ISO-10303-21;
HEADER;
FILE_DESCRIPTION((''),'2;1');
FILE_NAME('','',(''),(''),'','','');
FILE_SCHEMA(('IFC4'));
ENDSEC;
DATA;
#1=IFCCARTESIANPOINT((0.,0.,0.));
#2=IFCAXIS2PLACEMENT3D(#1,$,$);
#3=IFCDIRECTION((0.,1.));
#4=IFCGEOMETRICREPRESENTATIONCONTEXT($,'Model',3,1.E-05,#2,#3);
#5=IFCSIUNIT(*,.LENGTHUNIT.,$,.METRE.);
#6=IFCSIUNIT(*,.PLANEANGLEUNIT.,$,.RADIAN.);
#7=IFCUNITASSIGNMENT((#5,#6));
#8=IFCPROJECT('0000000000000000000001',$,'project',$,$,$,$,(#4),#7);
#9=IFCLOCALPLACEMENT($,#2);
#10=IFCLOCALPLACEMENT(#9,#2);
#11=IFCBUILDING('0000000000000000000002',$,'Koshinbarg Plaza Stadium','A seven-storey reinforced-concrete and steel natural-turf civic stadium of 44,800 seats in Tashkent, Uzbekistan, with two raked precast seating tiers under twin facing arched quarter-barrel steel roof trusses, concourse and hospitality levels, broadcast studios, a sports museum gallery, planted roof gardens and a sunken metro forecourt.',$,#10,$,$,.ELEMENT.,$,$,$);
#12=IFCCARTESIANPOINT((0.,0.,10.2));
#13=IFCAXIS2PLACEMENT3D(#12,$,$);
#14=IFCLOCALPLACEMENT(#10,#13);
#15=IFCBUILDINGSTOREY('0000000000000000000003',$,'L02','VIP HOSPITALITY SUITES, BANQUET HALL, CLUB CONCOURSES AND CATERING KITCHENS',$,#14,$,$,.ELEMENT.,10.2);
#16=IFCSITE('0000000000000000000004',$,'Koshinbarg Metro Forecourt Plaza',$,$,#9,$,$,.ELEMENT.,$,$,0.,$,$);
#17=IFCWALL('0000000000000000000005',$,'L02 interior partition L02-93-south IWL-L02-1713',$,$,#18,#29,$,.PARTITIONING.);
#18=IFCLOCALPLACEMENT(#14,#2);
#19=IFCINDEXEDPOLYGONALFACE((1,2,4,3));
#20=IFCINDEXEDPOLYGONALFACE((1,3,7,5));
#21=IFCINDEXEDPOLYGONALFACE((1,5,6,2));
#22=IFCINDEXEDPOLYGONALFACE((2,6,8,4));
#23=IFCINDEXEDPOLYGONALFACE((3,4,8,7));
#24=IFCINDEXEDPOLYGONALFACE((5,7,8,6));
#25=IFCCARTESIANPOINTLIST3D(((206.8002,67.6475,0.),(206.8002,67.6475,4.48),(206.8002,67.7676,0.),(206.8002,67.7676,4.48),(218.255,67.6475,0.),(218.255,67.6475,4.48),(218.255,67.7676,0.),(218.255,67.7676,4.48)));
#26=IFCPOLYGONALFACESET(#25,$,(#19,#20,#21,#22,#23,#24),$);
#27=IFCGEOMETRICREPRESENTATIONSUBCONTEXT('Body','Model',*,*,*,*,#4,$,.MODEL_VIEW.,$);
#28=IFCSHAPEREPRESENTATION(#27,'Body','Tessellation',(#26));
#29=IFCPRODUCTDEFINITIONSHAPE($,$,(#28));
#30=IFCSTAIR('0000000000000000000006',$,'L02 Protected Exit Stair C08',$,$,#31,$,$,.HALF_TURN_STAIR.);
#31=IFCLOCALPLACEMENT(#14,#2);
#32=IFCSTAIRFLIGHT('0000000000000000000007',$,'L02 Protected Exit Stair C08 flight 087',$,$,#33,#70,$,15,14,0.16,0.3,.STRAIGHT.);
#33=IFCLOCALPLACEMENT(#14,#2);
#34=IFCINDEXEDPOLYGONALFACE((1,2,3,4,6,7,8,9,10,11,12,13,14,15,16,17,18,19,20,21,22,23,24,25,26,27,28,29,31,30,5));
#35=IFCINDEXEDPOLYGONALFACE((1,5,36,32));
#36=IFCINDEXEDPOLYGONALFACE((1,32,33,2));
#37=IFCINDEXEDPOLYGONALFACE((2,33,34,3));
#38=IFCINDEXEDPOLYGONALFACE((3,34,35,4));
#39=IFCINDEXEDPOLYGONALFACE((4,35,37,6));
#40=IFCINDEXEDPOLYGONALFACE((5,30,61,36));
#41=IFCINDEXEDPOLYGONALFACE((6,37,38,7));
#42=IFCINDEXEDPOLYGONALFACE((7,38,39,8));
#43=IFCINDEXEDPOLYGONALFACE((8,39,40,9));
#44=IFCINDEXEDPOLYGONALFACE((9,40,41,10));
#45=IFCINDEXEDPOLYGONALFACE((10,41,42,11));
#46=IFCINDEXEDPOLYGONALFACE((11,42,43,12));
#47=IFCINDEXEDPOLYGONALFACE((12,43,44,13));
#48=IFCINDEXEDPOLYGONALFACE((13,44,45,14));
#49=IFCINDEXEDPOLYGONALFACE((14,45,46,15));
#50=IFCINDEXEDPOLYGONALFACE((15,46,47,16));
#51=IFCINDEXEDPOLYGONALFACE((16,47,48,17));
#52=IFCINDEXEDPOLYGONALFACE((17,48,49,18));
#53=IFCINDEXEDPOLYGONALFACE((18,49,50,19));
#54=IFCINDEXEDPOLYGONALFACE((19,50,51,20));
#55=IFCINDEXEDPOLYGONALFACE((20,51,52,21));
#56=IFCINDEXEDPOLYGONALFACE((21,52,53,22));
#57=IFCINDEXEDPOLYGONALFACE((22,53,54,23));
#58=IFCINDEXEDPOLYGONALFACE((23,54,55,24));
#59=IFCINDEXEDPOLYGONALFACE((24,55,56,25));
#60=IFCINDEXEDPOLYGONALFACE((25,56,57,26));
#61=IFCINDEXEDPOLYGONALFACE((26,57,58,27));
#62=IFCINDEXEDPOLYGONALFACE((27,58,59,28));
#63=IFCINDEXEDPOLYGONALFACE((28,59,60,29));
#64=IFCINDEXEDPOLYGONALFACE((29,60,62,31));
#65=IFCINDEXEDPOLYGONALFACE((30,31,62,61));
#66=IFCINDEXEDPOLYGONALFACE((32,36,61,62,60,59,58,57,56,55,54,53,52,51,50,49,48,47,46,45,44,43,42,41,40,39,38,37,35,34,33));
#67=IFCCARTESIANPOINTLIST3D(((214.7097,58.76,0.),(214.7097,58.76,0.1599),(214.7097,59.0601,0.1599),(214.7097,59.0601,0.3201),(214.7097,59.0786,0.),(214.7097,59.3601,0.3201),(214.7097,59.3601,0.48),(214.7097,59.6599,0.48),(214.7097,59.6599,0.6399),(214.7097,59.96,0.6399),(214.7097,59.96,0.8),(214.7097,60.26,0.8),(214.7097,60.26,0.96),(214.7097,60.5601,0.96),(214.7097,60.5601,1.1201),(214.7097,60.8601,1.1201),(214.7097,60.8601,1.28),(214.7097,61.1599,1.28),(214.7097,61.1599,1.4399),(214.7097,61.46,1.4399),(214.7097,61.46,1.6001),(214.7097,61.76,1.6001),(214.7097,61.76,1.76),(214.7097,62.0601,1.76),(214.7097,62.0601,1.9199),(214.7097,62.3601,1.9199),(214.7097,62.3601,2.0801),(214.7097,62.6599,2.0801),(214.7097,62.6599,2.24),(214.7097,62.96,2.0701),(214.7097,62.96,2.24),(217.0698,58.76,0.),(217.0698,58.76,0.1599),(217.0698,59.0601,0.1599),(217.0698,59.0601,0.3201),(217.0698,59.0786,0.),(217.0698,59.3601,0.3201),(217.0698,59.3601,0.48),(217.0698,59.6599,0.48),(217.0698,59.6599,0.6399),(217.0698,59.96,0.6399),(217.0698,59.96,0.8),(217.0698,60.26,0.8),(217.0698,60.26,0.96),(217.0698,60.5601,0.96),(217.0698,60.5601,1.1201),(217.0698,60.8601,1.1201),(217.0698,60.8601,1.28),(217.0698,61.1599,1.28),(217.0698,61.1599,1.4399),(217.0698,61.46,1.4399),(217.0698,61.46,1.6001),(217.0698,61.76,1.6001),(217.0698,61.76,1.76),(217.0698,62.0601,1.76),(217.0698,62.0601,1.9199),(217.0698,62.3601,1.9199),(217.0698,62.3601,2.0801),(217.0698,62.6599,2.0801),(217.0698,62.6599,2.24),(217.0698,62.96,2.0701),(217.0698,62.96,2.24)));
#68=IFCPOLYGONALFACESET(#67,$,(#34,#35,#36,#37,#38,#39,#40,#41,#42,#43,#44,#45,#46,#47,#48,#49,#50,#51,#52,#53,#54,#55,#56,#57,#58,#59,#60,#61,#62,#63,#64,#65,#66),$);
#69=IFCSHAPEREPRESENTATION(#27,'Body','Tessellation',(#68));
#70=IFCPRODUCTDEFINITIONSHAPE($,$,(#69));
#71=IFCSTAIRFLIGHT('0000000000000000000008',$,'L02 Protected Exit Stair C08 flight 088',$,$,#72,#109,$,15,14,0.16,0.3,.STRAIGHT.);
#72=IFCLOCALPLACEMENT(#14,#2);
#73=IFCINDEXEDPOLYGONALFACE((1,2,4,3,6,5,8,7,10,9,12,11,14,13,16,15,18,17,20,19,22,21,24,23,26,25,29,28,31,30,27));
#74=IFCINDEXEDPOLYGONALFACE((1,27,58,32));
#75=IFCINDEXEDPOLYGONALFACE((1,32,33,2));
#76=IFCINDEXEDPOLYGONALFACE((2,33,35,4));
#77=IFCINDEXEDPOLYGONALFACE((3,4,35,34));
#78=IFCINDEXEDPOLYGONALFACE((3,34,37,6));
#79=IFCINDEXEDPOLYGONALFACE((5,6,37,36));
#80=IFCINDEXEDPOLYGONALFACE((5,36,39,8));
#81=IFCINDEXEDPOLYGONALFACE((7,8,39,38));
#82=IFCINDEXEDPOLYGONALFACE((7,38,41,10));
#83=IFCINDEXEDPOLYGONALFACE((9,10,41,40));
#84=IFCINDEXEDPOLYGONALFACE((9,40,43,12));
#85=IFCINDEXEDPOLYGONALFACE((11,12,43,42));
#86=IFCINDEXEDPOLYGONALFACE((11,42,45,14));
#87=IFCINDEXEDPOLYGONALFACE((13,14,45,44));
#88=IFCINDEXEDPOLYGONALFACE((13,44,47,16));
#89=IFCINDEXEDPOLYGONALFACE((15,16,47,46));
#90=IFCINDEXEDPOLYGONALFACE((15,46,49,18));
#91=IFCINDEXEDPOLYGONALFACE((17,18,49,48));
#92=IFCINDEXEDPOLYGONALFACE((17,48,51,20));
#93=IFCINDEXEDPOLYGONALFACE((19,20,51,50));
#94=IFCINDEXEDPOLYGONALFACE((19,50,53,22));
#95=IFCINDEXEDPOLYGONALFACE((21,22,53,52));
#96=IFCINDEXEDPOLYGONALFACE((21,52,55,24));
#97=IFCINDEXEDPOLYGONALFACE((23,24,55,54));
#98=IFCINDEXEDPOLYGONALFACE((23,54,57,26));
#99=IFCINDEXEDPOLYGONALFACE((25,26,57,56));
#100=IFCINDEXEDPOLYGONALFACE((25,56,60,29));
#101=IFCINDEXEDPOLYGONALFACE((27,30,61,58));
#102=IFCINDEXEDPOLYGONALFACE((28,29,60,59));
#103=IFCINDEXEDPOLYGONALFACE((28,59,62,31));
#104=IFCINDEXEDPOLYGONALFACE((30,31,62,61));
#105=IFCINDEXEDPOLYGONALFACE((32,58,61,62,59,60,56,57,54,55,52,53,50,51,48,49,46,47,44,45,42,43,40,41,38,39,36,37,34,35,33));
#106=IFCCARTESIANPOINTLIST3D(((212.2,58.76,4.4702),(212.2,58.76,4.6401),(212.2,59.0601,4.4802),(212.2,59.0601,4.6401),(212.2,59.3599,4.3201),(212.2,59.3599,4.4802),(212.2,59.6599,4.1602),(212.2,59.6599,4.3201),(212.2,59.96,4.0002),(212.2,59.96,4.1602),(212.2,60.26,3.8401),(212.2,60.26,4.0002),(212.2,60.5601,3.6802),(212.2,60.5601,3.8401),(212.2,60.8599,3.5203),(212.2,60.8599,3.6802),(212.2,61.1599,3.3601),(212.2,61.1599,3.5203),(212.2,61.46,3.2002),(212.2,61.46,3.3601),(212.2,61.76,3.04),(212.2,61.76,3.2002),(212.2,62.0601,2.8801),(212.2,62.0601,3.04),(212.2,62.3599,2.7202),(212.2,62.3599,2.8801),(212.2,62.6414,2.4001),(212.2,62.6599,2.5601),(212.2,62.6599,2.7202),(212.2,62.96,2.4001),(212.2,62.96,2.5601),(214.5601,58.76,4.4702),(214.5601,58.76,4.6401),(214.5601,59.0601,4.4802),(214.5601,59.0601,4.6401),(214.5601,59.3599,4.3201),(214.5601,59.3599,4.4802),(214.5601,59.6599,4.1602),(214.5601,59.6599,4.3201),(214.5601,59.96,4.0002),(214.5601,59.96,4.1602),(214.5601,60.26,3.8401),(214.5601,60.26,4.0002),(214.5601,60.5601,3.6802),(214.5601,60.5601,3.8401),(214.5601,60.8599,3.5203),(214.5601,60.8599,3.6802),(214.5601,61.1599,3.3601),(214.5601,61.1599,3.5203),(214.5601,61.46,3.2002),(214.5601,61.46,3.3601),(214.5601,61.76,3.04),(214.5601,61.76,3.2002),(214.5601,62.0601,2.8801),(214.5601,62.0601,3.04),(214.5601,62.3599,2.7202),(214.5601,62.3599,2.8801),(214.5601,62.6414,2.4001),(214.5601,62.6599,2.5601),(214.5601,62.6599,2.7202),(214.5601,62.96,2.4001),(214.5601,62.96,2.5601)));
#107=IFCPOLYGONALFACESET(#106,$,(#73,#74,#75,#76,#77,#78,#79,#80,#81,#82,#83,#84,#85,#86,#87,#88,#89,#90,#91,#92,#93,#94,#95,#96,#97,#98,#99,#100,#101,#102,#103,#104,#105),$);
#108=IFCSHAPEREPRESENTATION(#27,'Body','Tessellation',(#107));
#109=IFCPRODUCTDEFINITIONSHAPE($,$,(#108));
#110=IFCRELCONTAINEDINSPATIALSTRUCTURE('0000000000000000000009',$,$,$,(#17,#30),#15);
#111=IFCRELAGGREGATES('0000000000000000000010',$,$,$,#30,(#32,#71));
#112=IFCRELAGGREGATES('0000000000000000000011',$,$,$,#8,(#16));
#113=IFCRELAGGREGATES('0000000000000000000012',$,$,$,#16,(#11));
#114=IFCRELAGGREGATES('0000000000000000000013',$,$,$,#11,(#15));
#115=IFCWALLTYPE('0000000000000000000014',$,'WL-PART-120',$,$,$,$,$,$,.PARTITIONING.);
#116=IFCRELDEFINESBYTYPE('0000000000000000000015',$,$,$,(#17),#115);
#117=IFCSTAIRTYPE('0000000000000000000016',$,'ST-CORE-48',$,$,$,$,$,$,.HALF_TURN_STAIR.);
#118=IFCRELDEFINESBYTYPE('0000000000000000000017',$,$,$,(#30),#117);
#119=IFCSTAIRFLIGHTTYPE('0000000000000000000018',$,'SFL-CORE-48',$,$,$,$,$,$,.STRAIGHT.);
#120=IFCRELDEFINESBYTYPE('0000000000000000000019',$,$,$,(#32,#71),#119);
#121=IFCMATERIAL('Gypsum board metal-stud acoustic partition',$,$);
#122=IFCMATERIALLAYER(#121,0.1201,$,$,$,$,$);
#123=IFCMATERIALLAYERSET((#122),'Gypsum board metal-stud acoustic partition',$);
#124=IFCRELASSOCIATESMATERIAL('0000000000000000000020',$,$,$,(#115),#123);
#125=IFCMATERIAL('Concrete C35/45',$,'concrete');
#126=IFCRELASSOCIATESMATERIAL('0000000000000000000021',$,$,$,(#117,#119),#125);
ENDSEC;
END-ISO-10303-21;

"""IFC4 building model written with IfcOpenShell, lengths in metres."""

from ifc_helpers import new_model, si_unit, direction, frame, frame_2d, origin, place, context, subcontext, project, spatial, polyline, rectangle, outline, extrude, material, layer, layer_set, type_object, element, aggregate, save


model = new_model("IFC4")

# Units and contexts
model_context = context("Model", 3, precision=1e-05, world=origin(), true_north=direction((0.0, 1.0)))
body_context = subcontext(model_context, "Body", "Model", "MODEL_VIEW")
ifc_project = project(units=[si_unit("LENGTHUNIT", "METRE"), si_unit("PLANEANGLEUNIT", "RADIAN")], contexts=[model_context])

# Site, building, storey
site_placement = place(None, origin())
site = spatial("IfcSite", under=ifc_project, at=site_placement, Name="Koshinbarg Metro Forecourt Plaza", CompositionType="ELEMENT", RefElevation=0.0)
building_placement = place(site_placement, origin())
building = spatial("IfcBuilding", under=site, at=building_placement, Name="Koshinbarg Plaza Stadium", Description="A seven-storey reinforced-concrete and steel natural-turf civic stadium of 44,800 seats in Tashkent, Uzbekistan, with two raked precast seating tiers under twin facing arched quarter-barrel steel roof trusses, concourse and hospitality levels, broadcast studios, a sports museum gallery, planted roof gardens and a sunken metro forecourt.", CompositionType="ELEMENT")
storey_placement = place(building_placement, frame((0.0, 0.0, 10.2)))
storey = spatial("IfcBuildingStorey", under=building, at=storey_placement, Name="L02", Description="VIP HOSPITALITY SUITES, BANQUET HALL, CLUB CONCOURSES AND CATERING KITCHENS", CompositionType="ELEMENT", Elevation=10.2)

# Shared definitions
ifc_material_1 = material(Name="Gypsum board metal-stud acoustic partition")
ifc_layer_1 = layer(ifc_material_1, 0.1201)
ifc_layer_set_1 = layer_set([ifc_layer_1], Name="Gypsum board metal-stud acoustic partition")
wall_type_1 = type_object("IfcWallType", Name="WL-PART-120", PredefinedType="PARTITIONING", material=ifc_layer_set_1)

# Wall
wall_1_placement = place(storey_placement, frame((206.8, 67.7075, 0.0), z_axis=(0.0, 0.0, 1.0), x_axis=(1.0, 0.0, 0.0)))
element("IfcWall", 1, at=wall_1_placement, inside=storey, type_object=wall_type_1, Name="L02 interior partition L02-93-south IWL-L02-1713", PredefinedType="PARTITIONING", context=body_context, shape_type="SweptSolid", body=[
    extrude(rectangle(XDim=11.4548, YDim=0.1201, at=frame_2d((5.7275, 0.0))), origin(), (0.0, 0.0, 1.0), 4.48),
])

# Stair, stair flights
ifc_material_2 = material(Name="Concrete C35/45", Category="concrete")
stair_type = type_object("IfcStairType", Name="ST-CORE-48", PredefinedType="HALF_TURN_STAIR", material=ifc_material_2)
stair_placement = place(storey_placement, origin())
stair = element("IfcStair", 2, at=stair_placement, inside=storey, type_object=stair_type, Name="L02 Protected Exit Stair C08", PredefinedType="HALF_TURN_STAIR")
stair_flight_type = type_object("IfcStairFlightType", Name="SFL-CORE-48", PredefinedType="STRAIGHT", material=ifc_material_2)
stair_flight_1_placement = place(storey_placement, frame((215.8899, 58.76, 0.0), z_axis=(0.0, 0.0, 1.0), x_axis=(0.0, 1.0, 0.0)))
stair_flight_1 = element("IfcStairFlight", 3, at=stair_flight_1_placement, type_object=stair_flight_type, Name="L02 Protected Exit Stair C08 flight 087", NumberOfRisers=15, NumberOfTreads=14, PredefinedType="STRAIGHT", RiserHeight=0.16, TreadLength=0.3, context=body_context, shape_type="SweptSolid", body=[
    extrude(outline(polyline([(0.0, 0.0), (0.0, 0.1599), (0.3, 0.1599), (0.3, 0.3201), (0.6001, 0.3201), (0.6001, 0.48), (0.8999, 0.48), (0.8999, 0.6399), (1.2, 0.6399), (1.2, 0.8), (1.5, 0.8), (1.5, 0.96), (1.8, 0.96), (1.8, 1.1201), (2.1001, 1.1201), (2.1001, 1.28), (2.3999, 1.28), (2.3999, 1.4399), (2.7, 1.4399), (2.7, 1.6001), (3.0, 1.6001), (3.0, 1.76), (3.3, 1.76), (3.3, 1.9199), (3.6001, 1.9199), (3.6001, 2.0801), (3.8999, 2.0801), (3.8999, 2.24), (4.2, 2.24), (4.2, 2.3999), (4.2, 2.0701), (0.3186, 0.0), (0.0, 0.0)])), frame((0.0, 1.1802, 0.0), z_axis=(0.0, -1.0, 0.0), x_axis=(1.0, 0.0, 0.0)), (0.0, 0.0, 1.0), 2.3601),
])
stair_flight_2_placement = place(storey_placement, frame((213.3799, 62.96, 2.4001), z_axis=(0.0, 0.0, 1.0), x_axis=(0.0, -1.0, 0.0)))
stair_flight_2 = element("IfcStairFlight", 4, at=stair_flight_2_placement, type_object=stair_flight_type, Name="L02 Protected Exit Stair C08 flight 088", NumberOfRisers=15, NumberOfTreads=14, PredefinedType="STRAIGHT", RiserHeight=0.16, TreadLength=0.3, context=body_context, shape_type="SweptSolid", body=[
    extrude(outline(polyline([(0.0, 0.0), (0.0, 0.1599), (0.3, 0.1599), (0.3, 0.3201), (0.6001, 0.3201), (0.6001, 0.48), (0.8999, 0.48), (0.8999, 0.6399), (1.2, 0.6399), (1.2, 0.8), (1.5, 0.8), (1.5, 0.96), (1.8, 0.96), (1.8, 1.1201), (2.1001, 1.1201), (2.1001, 1.28), (2.3999, 1.28), (2.3999, 1.4399), (2.7, 1.4399), (2.7, 1.6001), (3.0, 1.6001), (3.0, 1.76), (3.3, 1.76), (3.3, 1.9199), (3.6001, 1.9199), (3.6001, 2.0801), (3.8999, 2.0801), (3.8999, 2.24), (4.2, 2.24), (4.2, 2.3999), (4.2, 2.0701), (0.3186, 0.0), (0.0, 0.0)])), frame((0.0, 1.1802, 0.0), z_axis=(0.0, -1.0, 0.0), x_axis=(1.0, 0.0, 0.0)), (0.0, 0.0, 1.0), 2.3601),
])
aggregate(stair, [stair_flight_1, stair_flight_2])

save(model, "model.ifc")
